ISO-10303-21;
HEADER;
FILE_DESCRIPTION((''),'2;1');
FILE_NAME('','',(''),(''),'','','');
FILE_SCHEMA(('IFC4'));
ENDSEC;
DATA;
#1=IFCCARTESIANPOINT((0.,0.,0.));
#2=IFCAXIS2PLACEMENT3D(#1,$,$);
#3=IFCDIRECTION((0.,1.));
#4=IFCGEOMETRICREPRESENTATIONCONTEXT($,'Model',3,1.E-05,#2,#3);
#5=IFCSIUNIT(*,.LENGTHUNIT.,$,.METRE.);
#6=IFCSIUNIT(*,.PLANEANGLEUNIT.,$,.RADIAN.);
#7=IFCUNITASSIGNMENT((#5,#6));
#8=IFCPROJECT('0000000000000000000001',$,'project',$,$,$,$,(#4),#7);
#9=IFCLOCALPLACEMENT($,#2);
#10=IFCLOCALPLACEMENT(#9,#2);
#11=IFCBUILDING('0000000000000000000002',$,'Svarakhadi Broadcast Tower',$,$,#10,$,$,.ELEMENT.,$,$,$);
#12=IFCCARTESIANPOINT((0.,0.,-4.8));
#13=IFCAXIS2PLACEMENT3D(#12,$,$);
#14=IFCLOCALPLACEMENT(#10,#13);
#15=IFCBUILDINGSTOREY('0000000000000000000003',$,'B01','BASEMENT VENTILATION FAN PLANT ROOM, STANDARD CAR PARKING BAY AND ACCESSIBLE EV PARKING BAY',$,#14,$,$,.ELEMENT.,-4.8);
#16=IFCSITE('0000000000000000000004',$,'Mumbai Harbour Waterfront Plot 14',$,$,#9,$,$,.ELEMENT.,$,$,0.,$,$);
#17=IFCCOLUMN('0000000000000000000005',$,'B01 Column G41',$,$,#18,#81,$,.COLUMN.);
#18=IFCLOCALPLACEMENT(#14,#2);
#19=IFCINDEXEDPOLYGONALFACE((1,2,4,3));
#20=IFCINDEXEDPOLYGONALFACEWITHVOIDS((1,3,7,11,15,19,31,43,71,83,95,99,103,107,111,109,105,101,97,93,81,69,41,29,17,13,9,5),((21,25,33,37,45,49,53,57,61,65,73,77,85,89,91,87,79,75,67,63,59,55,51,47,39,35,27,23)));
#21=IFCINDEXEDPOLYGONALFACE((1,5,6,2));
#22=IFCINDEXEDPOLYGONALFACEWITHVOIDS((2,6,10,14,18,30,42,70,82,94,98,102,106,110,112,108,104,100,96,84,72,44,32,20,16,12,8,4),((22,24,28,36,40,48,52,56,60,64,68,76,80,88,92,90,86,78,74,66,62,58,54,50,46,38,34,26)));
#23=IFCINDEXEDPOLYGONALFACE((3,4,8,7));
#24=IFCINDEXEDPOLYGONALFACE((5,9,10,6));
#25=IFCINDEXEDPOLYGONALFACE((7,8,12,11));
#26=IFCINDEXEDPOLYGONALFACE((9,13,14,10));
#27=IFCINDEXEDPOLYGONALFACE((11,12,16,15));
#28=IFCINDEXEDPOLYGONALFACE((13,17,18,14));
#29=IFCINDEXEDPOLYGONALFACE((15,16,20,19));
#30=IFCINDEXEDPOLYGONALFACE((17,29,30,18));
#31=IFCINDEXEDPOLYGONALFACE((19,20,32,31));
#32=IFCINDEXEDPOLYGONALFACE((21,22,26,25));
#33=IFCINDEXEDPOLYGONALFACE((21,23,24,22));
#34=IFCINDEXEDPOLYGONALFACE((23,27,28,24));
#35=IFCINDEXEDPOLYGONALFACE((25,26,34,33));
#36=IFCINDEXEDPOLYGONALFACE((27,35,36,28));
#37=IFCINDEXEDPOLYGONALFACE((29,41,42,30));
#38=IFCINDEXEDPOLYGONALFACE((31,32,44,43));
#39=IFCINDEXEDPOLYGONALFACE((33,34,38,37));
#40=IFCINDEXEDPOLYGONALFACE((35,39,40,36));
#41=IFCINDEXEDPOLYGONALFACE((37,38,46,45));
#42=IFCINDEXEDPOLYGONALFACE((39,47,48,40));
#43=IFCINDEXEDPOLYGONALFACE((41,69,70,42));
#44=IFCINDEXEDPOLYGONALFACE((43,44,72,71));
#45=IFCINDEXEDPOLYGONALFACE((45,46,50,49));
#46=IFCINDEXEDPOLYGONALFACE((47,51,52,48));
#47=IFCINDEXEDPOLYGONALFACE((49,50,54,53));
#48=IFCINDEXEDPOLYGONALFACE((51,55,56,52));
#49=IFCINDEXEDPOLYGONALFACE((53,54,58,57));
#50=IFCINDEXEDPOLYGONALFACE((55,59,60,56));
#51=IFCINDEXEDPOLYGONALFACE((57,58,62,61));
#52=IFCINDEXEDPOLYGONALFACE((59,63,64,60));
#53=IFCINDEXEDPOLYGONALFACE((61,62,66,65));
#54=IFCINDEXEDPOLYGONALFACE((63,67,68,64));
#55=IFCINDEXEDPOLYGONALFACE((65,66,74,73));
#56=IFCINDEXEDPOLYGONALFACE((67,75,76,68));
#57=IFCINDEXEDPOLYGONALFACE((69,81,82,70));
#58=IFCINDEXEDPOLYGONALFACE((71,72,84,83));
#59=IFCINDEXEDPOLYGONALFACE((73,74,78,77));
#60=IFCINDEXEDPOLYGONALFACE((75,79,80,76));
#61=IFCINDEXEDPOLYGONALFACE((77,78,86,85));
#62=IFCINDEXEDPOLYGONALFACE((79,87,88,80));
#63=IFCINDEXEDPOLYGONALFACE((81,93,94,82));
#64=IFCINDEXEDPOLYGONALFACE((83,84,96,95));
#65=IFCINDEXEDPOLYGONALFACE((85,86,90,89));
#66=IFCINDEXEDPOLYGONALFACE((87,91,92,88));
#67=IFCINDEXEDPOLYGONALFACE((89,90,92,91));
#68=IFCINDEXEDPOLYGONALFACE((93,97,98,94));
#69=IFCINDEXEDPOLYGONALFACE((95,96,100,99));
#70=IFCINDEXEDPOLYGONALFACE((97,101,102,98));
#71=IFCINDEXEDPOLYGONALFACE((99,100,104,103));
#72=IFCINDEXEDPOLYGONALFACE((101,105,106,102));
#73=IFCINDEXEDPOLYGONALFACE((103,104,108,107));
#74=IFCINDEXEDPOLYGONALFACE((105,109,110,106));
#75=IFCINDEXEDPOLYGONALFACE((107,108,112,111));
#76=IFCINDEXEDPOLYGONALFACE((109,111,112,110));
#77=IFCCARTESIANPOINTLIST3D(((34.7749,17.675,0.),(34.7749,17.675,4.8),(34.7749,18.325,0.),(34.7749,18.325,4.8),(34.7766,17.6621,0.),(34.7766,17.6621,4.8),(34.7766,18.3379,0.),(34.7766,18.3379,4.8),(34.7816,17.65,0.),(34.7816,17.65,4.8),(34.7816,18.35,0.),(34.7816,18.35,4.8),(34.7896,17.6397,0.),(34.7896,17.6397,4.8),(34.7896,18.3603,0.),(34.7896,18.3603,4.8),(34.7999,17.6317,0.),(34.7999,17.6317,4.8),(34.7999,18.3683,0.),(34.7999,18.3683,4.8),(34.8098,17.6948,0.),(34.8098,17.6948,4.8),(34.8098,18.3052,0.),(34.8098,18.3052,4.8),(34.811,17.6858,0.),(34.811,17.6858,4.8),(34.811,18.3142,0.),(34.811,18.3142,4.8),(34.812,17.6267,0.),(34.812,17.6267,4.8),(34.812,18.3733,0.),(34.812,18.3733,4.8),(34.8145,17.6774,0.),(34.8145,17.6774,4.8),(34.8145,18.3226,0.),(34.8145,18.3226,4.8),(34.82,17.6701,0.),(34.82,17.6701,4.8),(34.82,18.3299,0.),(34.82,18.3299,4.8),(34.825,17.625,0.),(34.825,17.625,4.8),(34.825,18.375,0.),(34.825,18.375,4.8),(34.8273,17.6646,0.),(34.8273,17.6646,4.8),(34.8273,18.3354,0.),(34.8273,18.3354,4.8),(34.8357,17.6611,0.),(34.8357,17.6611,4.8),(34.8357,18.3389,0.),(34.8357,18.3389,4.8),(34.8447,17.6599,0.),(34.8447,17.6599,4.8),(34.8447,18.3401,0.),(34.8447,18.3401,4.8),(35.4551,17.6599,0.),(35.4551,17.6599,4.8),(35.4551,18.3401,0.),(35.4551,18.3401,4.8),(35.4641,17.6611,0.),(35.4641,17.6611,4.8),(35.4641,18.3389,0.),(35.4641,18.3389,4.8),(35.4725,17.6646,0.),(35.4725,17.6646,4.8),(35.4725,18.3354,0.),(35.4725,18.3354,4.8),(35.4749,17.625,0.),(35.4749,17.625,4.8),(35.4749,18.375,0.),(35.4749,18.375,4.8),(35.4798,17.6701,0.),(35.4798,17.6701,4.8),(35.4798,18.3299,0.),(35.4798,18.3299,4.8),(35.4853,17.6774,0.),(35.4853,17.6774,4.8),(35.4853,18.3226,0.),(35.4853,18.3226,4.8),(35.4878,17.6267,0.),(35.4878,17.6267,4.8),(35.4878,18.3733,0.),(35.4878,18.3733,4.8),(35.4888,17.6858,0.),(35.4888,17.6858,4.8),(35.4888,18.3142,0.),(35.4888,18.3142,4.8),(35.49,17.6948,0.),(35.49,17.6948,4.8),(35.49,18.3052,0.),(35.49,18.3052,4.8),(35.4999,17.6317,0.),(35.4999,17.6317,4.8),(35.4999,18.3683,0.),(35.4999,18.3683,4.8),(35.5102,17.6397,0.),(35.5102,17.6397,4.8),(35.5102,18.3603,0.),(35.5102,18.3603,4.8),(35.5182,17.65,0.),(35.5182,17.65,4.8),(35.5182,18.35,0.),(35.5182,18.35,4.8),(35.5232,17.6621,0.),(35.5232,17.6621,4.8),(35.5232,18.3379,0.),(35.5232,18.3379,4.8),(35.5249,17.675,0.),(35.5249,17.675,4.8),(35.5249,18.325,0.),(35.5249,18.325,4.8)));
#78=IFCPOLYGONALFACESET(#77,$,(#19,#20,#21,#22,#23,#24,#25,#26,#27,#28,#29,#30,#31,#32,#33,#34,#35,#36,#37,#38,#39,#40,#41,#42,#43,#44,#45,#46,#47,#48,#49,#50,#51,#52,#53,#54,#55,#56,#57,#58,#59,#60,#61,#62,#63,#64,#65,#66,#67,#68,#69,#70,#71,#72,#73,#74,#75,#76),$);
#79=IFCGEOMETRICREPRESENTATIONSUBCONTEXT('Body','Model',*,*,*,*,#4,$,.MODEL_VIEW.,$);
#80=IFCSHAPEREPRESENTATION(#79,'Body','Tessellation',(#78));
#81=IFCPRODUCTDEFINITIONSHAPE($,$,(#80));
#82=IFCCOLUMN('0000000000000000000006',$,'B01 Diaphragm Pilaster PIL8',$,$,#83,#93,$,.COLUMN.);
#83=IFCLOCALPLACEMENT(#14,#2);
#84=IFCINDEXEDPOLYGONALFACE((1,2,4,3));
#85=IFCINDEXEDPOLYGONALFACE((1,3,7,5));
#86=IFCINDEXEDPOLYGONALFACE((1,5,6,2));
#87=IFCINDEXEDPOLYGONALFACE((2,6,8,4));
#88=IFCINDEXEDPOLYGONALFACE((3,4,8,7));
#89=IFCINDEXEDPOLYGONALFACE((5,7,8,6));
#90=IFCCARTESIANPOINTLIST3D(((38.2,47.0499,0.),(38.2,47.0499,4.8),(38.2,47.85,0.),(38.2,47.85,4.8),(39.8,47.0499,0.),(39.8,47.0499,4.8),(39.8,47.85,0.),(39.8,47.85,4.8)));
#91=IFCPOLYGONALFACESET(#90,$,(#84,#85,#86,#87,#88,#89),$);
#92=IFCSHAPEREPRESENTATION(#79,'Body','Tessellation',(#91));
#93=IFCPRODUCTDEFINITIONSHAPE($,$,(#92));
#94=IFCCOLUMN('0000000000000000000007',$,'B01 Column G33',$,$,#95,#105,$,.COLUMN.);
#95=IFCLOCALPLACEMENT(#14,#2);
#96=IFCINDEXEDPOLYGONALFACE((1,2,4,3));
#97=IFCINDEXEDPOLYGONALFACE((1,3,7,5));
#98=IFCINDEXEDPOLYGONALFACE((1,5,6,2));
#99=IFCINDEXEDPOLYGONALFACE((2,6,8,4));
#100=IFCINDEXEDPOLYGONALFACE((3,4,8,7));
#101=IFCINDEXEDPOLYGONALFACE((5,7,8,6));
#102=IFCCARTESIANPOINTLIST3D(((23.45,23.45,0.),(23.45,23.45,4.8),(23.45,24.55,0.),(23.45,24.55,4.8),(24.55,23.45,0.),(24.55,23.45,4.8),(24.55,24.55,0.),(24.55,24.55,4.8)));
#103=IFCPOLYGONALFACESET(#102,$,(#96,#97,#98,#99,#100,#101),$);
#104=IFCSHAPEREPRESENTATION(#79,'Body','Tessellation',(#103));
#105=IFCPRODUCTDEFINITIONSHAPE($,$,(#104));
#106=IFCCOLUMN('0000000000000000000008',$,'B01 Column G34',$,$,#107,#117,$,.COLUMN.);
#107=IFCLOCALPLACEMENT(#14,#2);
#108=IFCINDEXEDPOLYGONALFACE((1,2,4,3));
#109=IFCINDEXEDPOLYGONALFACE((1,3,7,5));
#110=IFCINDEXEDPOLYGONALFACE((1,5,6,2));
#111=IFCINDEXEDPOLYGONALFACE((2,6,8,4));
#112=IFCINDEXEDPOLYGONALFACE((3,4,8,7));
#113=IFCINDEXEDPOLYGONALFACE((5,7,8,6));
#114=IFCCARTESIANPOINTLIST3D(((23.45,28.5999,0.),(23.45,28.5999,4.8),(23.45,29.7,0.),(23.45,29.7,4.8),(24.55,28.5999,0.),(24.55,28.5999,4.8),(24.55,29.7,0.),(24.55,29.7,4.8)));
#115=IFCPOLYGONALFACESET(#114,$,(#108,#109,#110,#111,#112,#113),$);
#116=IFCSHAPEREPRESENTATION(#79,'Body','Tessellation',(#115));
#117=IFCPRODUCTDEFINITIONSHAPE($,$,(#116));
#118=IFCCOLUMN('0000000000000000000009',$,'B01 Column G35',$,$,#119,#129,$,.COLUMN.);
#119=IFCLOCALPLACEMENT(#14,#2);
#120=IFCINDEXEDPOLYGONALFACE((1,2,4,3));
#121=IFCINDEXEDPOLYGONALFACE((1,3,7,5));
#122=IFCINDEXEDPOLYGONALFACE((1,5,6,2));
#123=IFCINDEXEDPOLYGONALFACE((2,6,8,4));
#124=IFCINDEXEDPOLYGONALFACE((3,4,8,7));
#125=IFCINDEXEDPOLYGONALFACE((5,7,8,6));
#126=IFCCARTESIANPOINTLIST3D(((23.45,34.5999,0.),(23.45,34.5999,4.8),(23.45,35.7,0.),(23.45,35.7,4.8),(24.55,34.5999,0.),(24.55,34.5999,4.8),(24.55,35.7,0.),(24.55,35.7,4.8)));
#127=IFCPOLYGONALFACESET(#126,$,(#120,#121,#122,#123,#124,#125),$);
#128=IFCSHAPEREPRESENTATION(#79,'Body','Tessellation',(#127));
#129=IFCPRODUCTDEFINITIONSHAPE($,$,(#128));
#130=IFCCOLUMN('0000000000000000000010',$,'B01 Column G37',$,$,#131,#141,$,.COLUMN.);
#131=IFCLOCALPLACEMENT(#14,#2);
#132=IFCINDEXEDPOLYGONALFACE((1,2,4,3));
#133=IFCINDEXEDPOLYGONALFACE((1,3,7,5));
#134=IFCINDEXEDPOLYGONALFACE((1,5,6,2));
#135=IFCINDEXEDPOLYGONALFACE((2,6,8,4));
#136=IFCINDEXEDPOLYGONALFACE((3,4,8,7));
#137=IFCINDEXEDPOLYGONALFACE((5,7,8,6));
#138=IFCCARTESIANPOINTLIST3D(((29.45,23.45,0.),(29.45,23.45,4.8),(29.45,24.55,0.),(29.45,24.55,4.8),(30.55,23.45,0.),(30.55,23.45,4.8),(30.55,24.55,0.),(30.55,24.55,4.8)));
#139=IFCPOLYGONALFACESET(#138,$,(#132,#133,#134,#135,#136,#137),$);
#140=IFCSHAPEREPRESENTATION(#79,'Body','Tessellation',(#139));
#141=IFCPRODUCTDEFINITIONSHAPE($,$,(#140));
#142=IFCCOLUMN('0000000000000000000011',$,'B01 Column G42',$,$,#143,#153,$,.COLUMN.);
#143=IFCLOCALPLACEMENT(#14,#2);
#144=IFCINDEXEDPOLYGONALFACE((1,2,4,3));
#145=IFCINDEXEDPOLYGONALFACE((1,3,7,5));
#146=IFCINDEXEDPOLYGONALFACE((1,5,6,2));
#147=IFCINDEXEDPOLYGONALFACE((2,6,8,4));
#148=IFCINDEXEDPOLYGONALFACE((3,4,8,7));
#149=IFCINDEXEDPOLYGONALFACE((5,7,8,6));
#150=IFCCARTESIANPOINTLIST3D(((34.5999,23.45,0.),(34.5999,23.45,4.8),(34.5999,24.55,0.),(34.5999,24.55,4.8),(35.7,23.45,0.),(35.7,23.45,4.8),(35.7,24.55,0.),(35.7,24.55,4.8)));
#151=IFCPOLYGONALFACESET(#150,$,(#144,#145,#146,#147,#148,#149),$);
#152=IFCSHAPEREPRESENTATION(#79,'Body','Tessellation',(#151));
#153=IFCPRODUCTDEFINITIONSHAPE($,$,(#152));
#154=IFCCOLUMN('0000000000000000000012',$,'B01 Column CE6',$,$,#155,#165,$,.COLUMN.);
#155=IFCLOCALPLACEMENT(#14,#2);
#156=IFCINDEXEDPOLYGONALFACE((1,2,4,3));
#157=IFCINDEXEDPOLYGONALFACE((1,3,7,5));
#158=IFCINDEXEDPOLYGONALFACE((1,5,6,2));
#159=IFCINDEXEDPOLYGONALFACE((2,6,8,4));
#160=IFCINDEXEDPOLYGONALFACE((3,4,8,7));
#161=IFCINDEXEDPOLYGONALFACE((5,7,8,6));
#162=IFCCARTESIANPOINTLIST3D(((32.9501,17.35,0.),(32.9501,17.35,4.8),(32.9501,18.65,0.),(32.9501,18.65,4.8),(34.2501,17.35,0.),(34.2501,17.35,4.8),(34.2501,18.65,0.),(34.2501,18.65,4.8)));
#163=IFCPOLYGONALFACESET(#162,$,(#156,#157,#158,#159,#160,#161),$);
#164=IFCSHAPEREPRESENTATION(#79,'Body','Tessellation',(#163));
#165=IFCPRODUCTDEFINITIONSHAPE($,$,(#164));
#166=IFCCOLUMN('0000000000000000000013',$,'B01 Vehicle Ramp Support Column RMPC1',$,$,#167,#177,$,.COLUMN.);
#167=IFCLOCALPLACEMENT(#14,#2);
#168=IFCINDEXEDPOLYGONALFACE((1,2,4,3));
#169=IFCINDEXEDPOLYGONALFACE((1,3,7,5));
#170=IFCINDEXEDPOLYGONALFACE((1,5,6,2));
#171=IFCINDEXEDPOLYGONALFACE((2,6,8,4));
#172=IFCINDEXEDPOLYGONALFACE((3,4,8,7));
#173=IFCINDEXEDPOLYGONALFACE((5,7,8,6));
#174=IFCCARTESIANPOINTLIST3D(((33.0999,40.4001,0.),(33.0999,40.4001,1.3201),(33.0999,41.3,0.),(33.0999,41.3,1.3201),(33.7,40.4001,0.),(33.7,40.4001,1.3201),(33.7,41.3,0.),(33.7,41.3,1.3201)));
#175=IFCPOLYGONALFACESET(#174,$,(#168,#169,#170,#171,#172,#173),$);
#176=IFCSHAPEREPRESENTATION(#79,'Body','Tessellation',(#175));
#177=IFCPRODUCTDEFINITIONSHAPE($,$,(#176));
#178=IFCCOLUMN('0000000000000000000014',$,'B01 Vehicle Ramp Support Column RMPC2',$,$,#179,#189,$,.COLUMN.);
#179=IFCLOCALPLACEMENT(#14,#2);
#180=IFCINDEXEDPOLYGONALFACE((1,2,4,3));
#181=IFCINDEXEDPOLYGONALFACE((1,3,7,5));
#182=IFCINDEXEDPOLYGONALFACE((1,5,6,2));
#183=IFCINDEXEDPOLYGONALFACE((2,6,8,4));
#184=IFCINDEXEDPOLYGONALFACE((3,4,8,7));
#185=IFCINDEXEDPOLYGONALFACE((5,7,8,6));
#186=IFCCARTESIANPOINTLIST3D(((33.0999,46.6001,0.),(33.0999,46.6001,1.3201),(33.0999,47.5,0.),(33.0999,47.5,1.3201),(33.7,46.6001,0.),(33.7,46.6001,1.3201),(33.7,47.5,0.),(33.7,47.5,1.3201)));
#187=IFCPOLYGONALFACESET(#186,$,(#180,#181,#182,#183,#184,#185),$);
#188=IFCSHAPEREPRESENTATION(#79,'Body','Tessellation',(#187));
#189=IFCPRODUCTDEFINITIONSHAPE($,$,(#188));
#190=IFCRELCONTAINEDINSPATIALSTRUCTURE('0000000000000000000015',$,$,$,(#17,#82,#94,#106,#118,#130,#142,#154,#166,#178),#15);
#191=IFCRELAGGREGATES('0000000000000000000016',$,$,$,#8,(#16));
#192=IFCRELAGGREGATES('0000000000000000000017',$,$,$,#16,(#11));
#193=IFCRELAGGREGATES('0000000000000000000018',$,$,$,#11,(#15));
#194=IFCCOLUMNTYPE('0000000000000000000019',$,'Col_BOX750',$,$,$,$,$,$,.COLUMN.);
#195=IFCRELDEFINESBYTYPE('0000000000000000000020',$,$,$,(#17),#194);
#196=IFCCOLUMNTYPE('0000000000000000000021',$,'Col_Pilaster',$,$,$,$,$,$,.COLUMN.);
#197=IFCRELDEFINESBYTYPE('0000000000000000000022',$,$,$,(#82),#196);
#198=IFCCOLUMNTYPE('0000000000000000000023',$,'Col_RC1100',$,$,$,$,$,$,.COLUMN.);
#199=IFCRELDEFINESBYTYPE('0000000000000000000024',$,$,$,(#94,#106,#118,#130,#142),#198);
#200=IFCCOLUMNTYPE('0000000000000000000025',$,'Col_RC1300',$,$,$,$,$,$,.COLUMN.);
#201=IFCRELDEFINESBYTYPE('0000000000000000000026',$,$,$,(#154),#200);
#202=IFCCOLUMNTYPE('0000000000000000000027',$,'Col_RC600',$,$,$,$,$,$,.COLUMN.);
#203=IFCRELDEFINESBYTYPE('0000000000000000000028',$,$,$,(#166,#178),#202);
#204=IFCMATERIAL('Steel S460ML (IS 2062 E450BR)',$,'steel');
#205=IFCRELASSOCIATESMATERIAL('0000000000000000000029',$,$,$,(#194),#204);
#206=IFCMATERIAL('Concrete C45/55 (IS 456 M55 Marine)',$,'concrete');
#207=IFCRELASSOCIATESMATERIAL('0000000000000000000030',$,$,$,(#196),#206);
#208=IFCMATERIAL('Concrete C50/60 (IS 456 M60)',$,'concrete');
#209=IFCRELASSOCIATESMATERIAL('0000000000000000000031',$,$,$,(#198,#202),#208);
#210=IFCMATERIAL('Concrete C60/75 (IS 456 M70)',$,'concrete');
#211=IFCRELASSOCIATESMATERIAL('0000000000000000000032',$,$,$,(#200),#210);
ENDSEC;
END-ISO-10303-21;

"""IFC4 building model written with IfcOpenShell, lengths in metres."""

from ifc_helpers import new_model, si_unit, direction, frame, origin, origin_2d, place, context, subcontext, project, spatial, rectangle, hollow_rectangle, extrude, material, material_profile, profile_set, type_object, element, save


model = new_model("IFC4")

# Units and contexts
model_context = context("Model", 3, precision=1e-05, world=origin(), true_north=direction((0.0, 1.0)))
body_context = subcontext(model_context, "Body", "Model", "MODEL_VIEW")
ifc_project = project(units=[si_unit("LENGTHUNIT", "METRE"), si_unit("PLANEANGLEUNIT", "RADIAN")], contexts=[model_context])

# Site, building, storey
site_placement = place(None, origin())
site = spatial("IfcSite", under=ifc_project, at=site_placement, Name="Mumbai Harbour Waterfront Plot 14", CompositionType="ELEMENT", RefElevation=0.0)
building_placement = place(site_placement, origin())
building = spatial("IfcBuilding", under=site, at=building_placement, Name="Svarakhadi Broadcast Tower", CompositionType="ELEMENT")
storey_placement = place(building_placement, frame((0.0, 0.0, -4.8)))
storey = spatial("IfcBuildingStorey", under=building, at=storey_placement, Name="B01", Description="BASEMENT VENTILATION FAN PLANT ROOM, STANDARD CAR PARKING BAY AND ACCESSIBLE EV PARKING BAY", CompositionType="ELEMENT", Elevation=-4.8)

# Columns
ifc_material_1 = material(Name="Steel S460ML (IS 2062 E450BR)", Category="steel")
ifc_material_profile_1 = material_profile(ifc_material_1, hollow_rectangle(XDim=0.75, YDim=0.75, WallThickness=0.0349, InnerFilletRadius=0.0349, OuterFilletRadius=0.05, at=origin_2d()), Name="BOX 750x750x35")
ifc_profile_set_1 = profile_set([ifc_material_profile_1], Name="Steel S460ML (IS 2062 E450BR)")
column_type_1 = type_object("IfcColumnType", Name="Col_BOX750", PredefinedType="COLUMN", material=ifc_profile_set_1)
column_1_placement = place(storey_placement, frame((35.1499, 18.0, 0.0), z_axis=(0.0, 0.0, 1.0), x_axis=(1.0, 0.0, 0.0)))
element("IfcColumn", 1, at=column_1_placement, inside=storey, type_object=column_type_1, Name="B01 Column G41", PredefinedType="COLUMN", context=body_context, shape_type="SweptSolid", body=[
    extrude(hollow_rectangle(XDim=0.75, YDim=0.75, WallThickness=0.0349, InnerFilletRadius=0.0349, OuterFilletRadius=0.05, at=origin_2d()), origin(), (0.0, 0.0, 1.0), 4.8),
])
ifc_material_2 = material(Name="Concrete C45/55 (IS 456 M55 Marine)", Category="concrete")
ifc_material_profile_2 = material_profile(ifc_material_2, rectangle(XDim=0.8, YDim=1.6001, at=origin_2d()), Name="RC 800x1600")
ifc_profile_set_2 = profile_set([ifc_material_profile_2], Name="Concrete C45/55 (IS 456 M55 Marine)")
column_type_2 = type_object("IfcColumnType", Name="Col_Pilaster", PredefinedType="COLUMN", material=ifc_profile_set_2)
column_2_placement = place(storey_placement, frame((39.0, 47.45, 0.0), z_axis=(0.0, 0.0, 1.0), x_axis=(0.0, 1.0, 0.0)))
element("IfcColumn", 2, at=column_2_placement, inside=storey, type_object=column_type_2, Name="B01 Diaphragm Pilaster PIL8", PredefinedType="COLUMN", context=body_context, shape_type="SweptSolid", body=[
    extrude(rectangle(XDim=0.8, YDim=1.6001, at=origin_2d()), origin(), (0.0, 0.0, 1.0), 4.8),
])
ifc_material_3 = material(Name="Concrete C50/60 (IS 456 M60)", Category="concrete")
ifc_material_profile_3 = material_profile(ifc_material_3, rectangle(XDim=1.1001, YDim=1.1001, at=origin_2d()), Name="RC 1100x1100")
ifc_profile_set_3 = profile_set([ifc_material_profile_3], Name="Concrete C50/60 (IS 456 M60)")
column_type_3 = type_object("IfcColumnType", Name="Col_RC1100", PredefinedType="COLUMN", material=ifc_profile_set_3)
for number, where, z_axis, x_axis, name in (
    (3, (24.0, 24.0, 0.0), (0.0, 0.0, 1.0), (1.0, 0.0, 0.0), "B01 Column G33"),
    (4, (24.0, 29.1499, 0.0), (0.0, 0.0, 1.0), (1.0, 0.0, 0.0), "B01 Column G34"),
    (5, (24.0, 35.1499, 0.0), (0.0, 0.0, 1.0), (1.0, 0.0, 0.0), "B01 Column G35"),
    (6, (30.0, 24.0, 0.0), (0.0, 0.0, 1.0), (1.0, 0.0, 0.0), "B01 Column G37"),
    (7, (35.1499, 24.0, 0.0), (0.0, 0.0, 1.0), (1.0, 0.0, 0.0), "B01 Column G42"),
):
    element("IfcColumn", number, at=place(storey_placement, frame(where, z_axis=z_axis, x_axis=x_axis)), inside=storey, type_object=column_type_3, Name=name, PredefinedType="COLUMN", context=body_context, shape_type="SweptSolid", body=[
        extrude(rectangle(XDim=1.1001, YDim=1.1001, at=origin_2d()), origin(), (0.0, 0.0, 1.0), 4.8),
    ])
ifc_material_4 = material(Name="Concrete C60/75 (IS 456 M70)", Category="concrete")
ifc_material_profile_4 = material_profile(ifc_material_4, rectangle(XDim=1.3, YDim=1.3, at=origin_2d()), Name="RC 1300x1300")
ifc_profile_set_4 = profile_set([ifc_material_profile_4], Name="Concrete C60/75 (IS 456 M70)")
column_type_4 = type_object("IfcColumnType", Name="Col_RC1300", PredefinedType="COLUMN", material=ifc_profile_set_4)
column_3_placement = place(storey_placement, frame((33.6001, 18.0, 0.0), z_axis=(0.0, 0.0, 1.0), x_axis=(1.0, 0.0, 0.0)))
element("IfcColumn", 8, at=column_3_placement, inside=storey, type_object=column_type_4, Name="B01 Column CE6", PredefinedType="COLUMN", context=body_context, shape_type="SweptSolid", body=[
    extrude(rectangle(XDim=1.3, YDim=1.3, at=origin_2d()), origin(), (0.0, 0.0, 1.0), 4.8),
])
ifc_material_profile_5 = material_profile(ifc_material_3, rectangle(XDim=0.6001, YDim=0.8999, at=origin_2d()), Name="RC 600x900")
ifc_profile_set_5 = profile_set([ifc_material_profile_5], Name="Concrete C50/60 (IS 456 M60)")
column_type_5 = type_object("IfcColumnType", Name="Col_RC600", PredefinedType="COLUMN", material=ifc_profile_set_5)
for number, where, z_axis, x_axis, name in (
    (9, (33.3999, 40.8501, 0.0), (0.0, 0.0, 1.0), (1.0, 0.0, 0.0), "B01 Vehicle Ramp Support Column RMPC1"),
    (10, (33.3999, 47.05, 0.0), (0.0, 0.0, 1.0), (1.0, 0.0, 0.0), "B01 Vehicle Ramp Support Column RMPC2"),
):
    element("IfcColumn", number, at=place(storey_placement, frame(where, z_axis=z_axis, x_axis=x_axis)), inside=storey, type_object=column_type_5, Name=name, PredefinedType="COLUMN", context=body_context, shape_type="SweptSolid", body=[
        extrude(rectangle(XDim=0.6001, YDim=0.8999, at=origin_2d()), origin(), (0.0, 0.0, 1.0), 1.3201),
    ])

save(model, "model.ifc")
